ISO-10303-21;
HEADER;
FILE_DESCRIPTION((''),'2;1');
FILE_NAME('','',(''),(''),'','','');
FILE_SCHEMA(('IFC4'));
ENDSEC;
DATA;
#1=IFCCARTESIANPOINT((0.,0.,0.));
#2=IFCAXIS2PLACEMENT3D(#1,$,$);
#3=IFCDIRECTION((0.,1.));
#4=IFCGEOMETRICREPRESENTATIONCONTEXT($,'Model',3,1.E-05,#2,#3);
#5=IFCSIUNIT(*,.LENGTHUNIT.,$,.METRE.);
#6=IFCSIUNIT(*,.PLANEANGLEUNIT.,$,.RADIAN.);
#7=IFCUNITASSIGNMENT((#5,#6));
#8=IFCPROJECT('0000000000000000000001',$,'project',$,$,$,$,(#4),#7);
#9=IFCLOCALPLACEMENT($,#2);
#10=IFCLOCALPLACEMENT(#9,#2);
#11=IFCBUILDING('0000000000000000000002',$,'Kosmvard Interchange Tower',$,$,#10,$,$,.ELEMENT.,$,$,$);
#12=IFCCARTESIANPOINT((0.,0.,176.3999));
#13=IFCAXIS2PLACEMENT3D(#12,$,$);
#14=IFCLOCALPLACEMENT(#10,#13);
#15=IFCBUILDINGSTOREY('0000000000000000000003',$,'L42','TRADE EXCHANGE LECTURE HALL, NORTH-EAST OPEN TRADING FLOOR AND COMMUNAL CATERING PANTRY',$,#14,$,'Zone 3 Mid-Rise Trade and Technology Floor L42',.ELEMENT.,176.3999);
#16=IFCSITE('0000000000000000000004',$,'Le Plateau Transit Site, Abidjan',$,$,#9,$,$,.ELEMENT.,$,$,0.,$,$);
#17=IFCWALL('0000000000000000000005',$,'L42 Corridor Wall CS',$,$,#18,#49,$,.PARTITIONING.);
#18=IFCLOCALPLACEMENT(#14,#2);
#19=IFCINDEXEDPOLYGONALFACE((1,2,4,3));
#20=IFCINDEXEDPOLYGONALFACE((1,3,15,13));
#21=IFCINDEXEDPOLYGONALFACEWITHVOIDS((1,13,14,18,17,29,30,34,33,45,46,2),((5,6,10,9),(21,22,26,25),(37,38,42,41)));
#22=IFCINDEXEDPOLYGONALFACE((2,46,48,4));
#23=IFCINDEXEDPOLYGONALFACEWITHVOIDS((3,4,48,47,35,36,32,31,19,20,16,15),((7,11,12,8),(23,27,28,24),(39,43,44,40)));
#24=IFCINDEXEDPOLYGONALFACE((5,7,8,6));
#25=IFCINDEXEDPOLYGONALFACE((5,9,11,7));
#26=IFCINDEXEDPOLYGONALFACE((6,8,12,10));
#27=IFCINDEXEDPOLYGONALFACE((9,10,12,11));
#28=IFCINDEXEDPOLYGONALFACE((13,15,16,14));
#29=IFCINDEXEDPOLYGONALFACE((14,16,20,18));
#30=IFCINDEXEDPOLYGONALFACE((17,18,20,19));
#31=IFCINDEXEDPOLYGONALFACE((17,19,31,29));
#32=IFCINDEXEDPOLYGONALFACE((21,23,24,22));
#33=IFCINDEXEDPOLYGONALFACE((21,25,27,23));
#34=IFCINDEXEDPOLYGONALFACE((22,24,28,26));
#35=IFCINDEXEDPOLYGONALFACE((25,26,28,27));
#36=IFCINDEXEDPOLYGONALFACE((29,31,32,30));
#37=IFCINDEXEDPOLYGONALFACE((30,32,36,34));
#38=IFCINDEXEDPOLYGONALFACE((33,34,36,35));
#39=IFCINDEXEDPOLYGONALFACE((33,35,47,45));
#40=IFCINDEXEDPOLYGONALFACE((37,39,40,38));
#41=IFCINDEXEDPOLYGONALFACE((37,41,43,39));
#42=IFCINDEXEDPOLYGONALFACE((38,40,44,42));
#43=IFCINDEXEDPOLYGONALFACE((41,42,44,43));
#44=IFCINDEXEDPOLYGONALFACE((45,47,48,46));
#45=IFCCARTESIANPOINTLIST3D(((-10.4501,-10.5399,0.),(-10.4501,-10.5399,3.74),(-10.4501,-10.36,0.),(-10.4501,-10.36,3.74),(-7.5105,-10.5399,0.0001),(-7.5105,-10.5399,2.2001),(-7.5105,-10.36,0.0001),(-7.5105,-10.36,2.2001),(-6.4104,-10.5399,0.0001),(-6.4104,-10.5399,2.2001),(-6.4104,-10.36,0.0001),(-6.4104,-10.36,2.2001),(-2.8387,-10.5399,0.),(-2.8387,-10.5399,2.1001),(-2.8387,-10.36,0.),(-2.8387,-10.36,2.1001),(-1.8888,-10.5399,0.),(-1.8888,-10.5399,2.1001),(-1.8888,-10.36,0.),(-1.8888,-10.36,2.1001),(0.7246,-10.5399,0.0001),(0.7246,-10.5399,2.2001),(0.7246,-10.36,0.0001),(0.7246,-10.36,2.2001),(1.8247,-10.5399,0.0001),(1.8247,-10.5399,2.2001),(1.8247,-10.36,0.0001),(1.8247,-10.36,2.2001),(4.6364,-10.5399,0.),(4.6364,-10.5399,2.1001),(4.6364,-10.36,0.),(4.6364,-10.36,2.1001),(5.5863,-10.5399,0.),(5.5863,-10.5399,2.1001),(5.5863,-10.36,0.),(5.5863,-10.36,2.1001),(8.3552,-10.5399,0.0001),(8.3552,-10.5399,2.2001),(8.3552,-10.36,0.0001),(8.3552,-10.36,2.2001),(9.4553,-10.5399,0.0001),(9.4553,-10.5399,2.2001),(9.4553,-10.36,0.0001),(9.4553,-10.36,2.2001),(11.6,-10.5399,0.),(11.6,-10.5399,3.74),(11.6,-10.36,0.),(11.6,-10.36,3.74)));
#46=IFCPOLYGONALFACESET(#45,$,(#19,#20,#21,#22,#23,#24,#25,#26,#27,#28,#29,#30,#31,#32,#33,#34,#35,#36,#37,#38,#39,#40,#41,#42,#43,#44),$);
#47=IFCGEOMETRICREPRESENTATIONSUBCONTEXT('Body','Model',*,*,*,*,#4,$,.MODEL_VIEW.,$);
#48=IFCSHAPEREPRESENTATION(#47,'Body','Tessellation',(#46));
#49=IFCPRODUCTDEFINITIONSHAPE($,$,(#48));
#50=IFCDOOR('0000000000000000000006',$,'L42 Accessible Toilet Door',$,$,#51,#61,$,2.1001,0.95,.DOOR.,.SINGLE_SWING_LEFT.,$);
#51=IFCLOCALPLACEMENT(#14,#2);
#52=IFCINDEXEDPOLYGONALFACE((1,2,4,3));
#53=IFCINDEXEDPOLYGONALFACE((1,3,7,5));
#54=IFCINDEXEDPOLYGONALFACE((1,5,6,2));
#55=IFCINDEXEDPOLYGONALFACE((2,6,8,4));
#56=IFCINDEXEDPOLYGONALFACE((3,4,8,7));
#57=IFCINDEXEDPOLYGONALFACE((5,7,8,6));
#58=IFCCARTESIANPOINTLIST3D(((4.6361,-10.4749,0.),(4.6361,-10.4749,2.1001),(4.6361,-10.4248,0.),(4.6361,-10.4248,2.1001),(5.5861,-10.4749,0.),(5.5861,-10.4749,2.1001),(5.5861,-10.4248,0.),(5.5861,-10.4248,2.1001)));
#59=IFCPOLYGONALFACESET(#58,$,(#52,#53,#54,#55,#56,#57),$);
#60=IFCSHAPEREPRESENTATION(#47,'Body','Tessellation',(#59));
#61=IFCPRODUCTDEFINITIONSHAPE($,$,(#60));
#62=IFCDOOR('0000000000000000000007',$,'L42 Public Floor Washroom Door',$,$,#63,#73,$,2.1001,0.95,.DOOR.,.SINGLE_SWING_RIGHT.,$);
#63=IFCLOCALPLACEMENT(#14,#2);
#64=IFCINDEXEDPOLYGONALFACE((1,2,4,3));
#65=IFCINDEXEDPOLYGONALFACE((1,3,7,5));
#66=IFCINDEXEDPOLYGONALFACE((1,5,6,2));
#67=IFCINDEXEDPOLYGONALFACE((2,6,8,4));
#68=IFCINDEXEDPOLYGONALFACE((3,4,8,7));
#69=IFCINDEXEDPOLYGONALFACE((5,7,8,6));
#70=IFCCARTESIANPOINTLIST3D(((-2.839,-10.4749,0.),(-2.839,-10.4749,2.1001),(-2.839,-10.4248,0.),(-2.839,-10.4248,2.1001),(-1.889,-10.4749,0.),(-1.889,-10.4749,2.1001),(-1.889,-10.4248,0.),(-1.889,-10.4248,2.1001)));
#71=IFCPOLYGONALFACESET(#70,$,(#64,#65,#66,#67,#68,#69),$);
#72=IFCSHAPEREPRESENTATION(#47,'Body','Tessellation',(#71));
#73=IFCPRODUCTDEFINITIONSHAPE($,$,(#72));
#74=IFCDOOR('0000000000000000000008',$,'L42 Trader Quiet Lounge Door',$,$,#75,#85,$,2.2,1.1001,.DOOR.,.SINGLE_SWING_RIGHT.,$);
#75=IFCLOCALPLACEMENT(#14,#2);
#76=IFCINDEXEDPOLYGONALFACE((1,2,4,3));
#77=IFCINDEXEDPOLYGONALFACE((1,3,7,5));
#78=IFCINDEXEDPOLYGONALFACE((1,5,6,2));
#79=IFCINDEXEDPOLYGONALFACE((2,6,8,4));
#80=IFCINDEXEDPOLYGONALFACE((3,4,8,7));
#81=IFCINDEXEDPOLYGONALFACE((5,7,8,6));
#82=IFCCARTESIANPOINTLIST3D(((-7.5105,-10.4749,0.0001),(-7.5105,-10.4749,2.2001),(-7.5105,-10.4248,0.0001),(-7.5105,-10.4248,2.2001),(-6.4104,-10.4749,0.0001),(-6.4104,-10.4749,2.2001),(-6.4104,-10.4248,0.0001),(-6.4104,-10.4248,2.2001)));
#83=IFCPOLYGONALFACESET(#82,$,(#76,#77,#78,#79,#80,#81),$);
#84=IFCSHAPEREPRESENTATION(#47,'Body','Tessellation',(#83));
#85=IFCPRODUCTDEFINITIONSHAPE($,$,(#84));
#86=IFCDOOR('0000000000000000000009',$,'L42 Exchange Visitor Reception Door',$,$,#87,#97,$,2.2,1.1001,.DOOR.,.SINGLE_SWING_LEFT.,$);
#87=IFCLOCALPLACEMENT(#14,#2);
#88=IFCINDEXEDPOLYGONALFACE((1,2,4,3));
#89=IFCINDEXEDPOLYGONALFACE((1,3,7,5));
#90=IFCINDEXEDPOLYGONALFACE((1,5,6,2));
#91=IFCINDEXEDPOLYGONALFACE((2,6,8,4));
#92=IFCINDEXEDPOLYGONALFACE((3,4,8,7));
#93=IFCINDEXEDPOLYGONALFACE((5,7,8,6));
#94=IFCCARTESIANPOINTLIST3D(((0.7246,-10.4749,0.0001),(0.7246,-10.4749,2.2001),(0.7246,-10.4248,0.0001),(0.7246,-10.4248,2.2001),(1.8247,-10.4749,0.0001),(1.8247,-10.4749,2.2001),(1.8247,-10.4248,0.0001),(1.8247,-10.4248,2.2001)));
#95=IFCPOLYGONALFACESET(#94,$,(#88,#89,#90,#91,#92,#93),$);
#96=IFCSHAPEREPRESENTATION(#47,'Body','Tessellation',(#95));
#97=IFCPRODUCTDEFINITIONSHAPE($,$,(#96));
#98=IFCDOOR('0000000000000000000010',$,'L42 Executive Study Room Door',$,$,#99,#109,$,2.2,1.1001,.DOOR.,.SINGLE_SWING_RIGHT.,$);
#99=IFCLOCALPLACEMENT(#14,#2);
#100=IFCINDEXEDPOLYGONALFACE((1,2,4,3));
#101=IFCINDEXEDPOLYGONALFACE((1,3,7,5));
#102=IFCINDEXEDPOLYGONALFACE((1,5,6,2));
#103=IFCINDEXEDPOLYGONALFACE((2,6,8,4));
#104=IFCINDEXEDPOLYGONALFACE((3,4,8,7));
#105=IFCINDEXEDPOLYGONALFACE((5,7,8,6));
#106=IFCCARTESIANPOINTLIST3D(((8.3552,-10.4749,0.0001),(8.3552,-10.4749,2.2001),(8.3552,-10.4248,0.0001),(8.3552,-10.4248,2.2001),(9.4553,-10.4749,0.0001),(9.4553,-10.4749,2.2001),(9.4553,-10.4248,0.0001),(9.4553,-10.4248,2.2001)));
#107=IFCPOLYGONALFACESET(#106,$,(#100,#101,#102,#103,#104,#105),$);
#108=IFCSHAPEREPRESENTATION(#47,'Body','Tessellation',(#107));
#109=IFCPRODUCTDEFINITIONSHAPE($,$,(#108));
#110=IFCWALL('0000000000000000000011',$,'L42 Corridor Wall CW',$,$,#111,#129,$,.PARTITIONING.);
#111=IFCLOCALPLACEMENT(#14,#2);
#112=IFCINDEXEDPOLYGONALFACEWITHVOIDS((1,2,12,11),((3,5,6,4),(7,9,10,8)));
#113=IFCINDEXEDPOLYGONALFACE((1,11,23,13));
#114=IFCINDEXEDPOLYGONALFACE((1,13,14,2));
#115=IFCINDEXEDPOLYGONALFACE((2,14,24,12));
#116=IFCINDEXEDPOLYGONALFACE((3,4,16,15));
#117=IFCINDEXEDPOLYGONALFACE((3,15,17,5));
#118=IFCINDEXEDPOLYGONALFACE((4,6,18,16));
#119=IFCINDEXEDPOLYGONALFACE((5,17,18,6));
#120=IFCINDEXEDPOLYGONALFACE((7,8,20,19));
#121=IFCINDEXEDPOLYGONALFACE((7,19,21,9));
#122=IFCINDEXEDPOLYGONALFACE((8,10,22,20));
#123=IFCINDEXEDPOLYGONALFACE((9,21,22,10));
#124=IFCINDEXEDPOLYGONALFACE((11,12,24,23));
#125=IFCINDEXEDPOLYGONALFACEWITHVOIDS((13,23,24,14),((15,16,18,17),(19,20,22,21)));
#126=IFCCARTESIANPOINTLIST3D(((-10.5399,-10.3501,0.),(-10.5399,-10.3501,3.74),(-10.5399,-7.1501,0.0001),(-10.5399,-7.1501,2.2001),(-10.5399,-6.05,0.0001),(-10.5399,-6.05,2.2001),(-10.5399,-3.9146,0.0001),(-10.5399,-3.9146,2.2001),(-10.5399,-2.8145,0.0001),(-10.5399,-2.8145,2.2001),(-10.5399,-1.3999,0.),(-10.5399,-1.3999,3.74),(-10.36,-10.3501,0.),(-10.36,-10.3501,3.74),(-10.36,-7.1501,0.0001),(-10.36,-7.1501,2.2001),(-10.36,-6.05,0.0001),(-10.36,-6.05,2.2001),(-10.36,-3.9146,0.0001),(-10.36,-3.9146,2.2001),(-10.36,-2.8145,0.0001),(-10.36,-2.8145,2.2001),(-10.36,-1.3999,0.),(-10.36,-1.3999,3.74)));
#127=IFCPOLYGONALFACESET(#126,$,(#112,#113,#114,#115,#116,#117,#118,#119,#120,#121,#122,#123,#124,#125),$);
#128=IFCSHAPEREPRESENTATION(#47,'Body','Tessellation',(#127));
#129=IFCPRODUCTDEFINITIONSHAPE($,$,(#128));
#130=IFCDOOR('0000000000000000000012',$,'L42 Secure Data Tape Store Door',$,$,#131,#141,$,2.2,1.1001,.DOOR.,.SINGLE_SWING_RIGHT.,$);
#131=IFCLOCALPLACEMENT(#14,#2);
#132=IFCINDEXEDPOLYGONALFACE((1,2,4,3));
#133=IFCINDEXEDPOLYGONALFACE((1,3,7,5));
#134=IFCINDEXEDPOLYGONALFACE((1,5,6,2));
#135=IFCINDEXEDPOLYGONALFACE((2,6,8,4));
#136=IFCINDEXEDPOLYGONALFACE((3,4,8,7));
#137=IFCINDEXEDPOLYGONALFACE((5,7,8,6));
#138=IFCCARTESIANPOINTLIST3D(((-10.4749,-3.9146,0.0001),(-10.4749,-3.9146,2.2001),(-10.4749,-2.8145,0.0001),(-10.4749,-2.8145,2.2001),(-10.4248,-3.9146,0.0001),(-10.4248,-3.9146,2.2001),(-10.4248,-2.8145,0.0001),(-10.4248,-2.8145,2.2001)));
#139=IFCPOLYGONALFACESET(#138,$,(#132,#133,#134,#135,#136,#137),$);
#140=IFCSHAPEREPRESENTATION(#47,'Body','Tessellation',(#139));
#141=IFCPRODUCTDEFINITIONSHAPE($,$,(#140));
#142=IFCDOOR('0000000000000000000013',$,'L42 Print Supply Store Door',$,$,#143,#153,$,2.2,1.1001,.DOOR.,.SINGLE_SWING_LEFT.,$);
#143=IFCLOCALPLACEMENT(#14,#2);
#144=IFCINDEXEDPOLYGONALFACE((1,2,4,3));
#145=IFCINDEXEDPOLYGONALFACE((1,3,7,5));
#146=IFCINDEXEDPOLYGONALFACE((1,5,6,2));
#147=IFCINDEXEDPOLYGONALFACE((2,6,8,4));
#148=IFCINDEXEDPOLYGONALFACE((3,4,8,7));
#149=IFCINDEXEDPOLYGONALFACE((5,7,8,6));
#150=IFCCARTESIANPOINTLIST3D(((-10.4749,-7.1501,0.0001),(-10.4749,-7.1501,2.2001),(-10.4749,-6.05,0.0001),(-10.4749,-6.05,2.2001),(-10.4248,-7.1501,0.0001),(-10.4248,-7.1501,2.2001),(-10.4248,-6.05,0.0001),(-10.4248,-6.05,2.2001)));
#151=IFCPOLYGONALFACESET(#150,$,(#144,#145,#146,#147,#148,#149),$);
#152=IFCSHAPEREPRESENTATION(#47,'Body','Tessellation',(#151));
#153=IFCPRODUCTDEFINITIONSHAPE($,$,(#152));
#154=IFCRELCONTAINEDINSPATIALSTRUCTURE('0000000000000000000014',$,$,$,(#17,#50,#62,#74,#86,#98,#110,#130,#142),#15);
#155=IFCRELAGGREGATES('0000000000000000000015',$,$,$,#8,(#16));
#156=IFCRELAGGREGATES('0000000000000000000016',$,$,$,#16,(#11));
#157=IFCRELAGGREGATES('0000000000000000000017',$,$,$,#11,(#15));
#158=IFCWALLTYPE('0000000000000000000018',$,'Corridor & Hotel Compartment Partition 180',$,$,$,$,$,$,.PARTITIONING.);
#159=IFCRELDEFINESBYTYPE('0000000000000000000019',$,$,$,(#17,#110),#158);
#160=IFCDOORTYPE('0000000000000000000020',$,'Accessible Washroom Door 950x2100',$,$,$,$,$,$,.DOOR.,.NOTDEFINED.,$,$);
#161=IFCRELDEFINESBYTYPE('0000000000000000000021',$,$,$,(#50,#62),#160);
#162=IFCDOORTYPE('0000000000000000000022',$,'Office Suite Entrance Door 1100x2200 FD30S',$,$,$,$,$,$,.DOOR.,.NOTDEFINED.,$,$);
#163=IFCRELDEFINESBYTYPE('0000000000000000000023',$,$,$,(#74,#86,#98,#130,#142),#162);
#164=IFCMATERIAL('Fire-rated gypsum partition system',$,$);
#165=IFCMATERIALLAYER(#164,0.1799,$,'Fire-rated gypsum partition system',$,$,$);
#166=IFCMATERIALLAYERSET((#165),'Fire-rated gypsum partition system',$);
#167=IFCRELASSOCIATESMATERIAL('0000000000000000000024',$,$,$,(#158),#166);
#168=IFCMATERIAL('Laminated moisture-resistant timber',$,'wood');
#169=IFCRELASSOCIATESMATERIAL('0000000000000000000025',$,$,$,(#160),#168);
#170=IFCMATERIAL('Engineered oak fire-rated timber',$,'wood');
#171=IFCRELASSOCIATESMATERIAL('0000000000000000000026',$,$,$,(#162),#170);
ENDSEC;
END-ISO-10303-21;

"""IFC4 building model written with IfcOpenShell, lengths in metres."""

from ifc_helpers import new_model, si_unit, direction, frame, frame_2d, origin, place, context, subcontext, project, spatial, rectangle, extrude, source, transform, mapped, material, layer, layer_set, type_object, element, fill, save


model = new_model("IFC4")

# Units and contexts
model_context = context("Model", 3, precision=1e-05, world=origin(), true_north=direction((0.0, 1.0)))
body_context = subcontext(model_context, "Body", "Model", "MODEL_VIEW")
ifc_project = project(units=[si_unit("LENGTHUNIT", "METRE"), si_unit("PLANEANGLEUNIT", "RADIAN")], contexts=[model_context])

# Site, building, storey
site_placement = place(None, origin())
site = spatial("IfcSite", under=ifc_project, at=site_placement, Name="Le Plateau Transit Site, Abidjan", CompositionType="ELEMENT", RefElevation=0.0)
building_placement = place(site_placement, origin())
building = spatial("IfcBuilding", under=site, at=building_placement, Name="Kosmvard Interchange Tower", CompositionType="ELEMENT")
storey_placement = place(building_placement, frame((0.0, 0.0, 176.3999)))
storey = spatial("IfcBuildingStorey", under=building, at=storey_placement, Name="L42", Description="TRADE EXCHANGE LECTURE HALL, NORTH-EAST OPEN TRADING FLOOR AND COMMUNAL CATERING PANTRY", LongName="Zone 3 Mid-Rise Trade and Technology Floor L42", CompositionType="ELEMENT", Elevation=176.3999)

# Walls, openings, doors
ifc_material_1 = material(Name="Fire-rated gypsum partition system")
ifc_layer_1 = layer(ifc_material_1, 0.1799, Name="Fire-rated gypsum partition system")
ifc_layer_set_1 = layer_set([ifc_layer_1], Name="Fire-rated gypsum partition system")
wall_type_1 = type_object("IfcWallType", Name="Corridor & Hotel Compartment Partition 180", PredefinedType="PARTITIONING", material=ifc_layer_set_1)
wall_1_placement = place(storey_placement, frame((-10.45, -10.45, 0.0), z_axis=(0.0, 0.0, 1.0), x_axis=(1.0, 0.0, 0.0)))
wall_1 = element("IfcWall", 1, at=wall_1_placement, inside=storey, type_object=wall_type_1, Name="L42 Corridor Wall CS", PredefinedType="PARTITIONING", context=body_context, shape_type="SweptSolid", body=[
    extrude(rectangle(XDim=22.05, YDim=0.1799, at=frame_2d((11.0249, 0.0))), origin(), (0.0, 0.0, 1.0), 3.74),
])
opening_1_placement = place(wall_1_placement, frame((15.0862, 0.0, 0.0)))
opening_1 = element("IfcOpeningElement", 2, at=opening_1_placement, cuts=wall_1, PredefinedType="OPENING", context=body_context, shape_type="SweptSolid", body=[
    extrude(rectangle(XDim=0.95, YDim=2.1001, at=frame_2d((0.4751, 1.05))), frame((0.0, 0.1001, 0.0), z_axis=(0.0, -1.0, 0.0), x_axis=(1.0, 0.0, 0.0)), (0.0, 0.0, 1.0), 0.2),
])
opening_2_placement = place(wall_1_placement, frame((7.6111, 0.0, 0.0)))
opening_2 = element("IfcOpeningElement", 3, at=opening_2_placement, cuts=wall_1, PredefinedType="OPENING", context=body_context, shape_type="SweptSolid", body=[
    extrude(rectangle(XDim=0.95, YDim=2.1001, at=frame_2d((0.4751, 1.05))), frame((0.0, 0.1001, 0.0), z_axis=(0.0, -1.0, 0.0), x_axis=(1.0, 0.0, 0.0)), (0.0, 0.0, 1.0), 0.2),
])
opening_3_placement = place(wall_1_placement, frame((2.9395, 0.0, 0.0)))
opening_3 = element("IfcOpeningElement", 4, at=opening_3_placement, cuts=wall_1, PredefinedType="OPENING", context=body_context, shape_type="SweptSolid", body=[
    extrude(rectangle(XDim=1.1001, YDim=2.2, at=frame_2d((0.55, 1.1001))), frame((0.0, 0.1001, 0.0), z_axis=(0.0, -1.0, 0.0), x_axis=(1.0, 0.0, 0.0)), (0.0, 0.0, 1.0), 0.2),
])
opening_4_placement = place(wall_1_placement, frame((11.1746, 0.0, 0.0)))
opening_4 = element("IfcOpeningElement", 5, at=opening_4_placement, cuts=wall_1, PredefinedType="OPENING", context=body_context, shape_type="SweptSolid", body=[
    extrude(rectangle(XDim=1.1001, YDim=2.2, at=frame_2d((0.55, 1.1001))), frame((0.0, 0.1001, 0.0), z_axis=(0.0, -1.0, 0.0), x_axis=(1.0, 0.0, 0.0)), (0.0, 0.0, 1.0), 0.2),
])
opening_5_placement = place(wall_1_placement, frame((18.8052, 0.0, 0.0)))
opening_5 = element("IfcOpeningElement", 6, at=opening_5_placement, cuts=wall_1, PredefinedType="OPENING", context=body_context, shape_type="SweptSolid", body=[
    extrude(rectangle(XDim=1.1001, YDim=2.2, at=frame_2d((0.55, 1.1001))), frame((0.0, 0.1001, 0.0), z_axis=(0.0, -1.0, 0.0), x_axis=(1.0, 0.0, 0.0)), (0.0, 0.0, 1.0), 0.2),
])
ifc_material_2 = material(Name="Laminated moisture-resistant timber", Category="wood")
door_type_1 = type_object("IfcDoorType", Name="Accessible Washroom Door 950x2100", OperationType="NOTDEFINED", PredefinedType="DOOR", material=ifc_material_2)
shared_shape_1 = source(origin(), body_context, "Body", "SweptSolid", [
    extrude(rectangle(XDim=0.95, YDim=2.1001, at=frame_2d((0.4751, 1.05))), frame((0.0, 0.0249, 0.0), z_axis=(0.0, -1.0, 0.0), x_axis=(1.0, 0.0, 0.0)), (0.0, 0.0, 1.0), 0.05),
])
door_1_placement = place(opening_1_placement, frame((0.95, 0.0, 0.0), z_axis=(0.0, 0.0, 1.0), x_axis=(-1.0, 0.0, 0.0)))
door_1 = element("IfcDoor", 7, at=door_1_placement, inside=storey, type_object=door_type_1, Name="L42 Accessible Toilet Door", OperationType="SINGLE_SWING_LEFT", OverallHeight=2.1001, OverallWidth=0.95, PredefinedType="DOOR", context=body_context, shape_type="MappedRepresentation", body=[
    mapped(shared_shape_1, transform((0.0, 0.0, 0.0), scale=1.0)),
])
fill(opening_1, door_1)
door_2_placement = place(opening_2_placement, frame((0.95, 0.0, 0.0), z_axis=(0.0, 0.0, 1.0), x_axis=(-1.0, 0.0, 0.0)))
door_2 = element("IfcDoor", 8, at=door_2_placement, inside=storey, type_object=door_type_1, Name="L42 Public Floor Washroom Door", OperationType="SINGLE_SWING_RIGHT", OverallHeight=2.1001, OverallWidth=0.95, PredefinedType="DOOR", context=body_context, shape_type="MappedRepresentation", body=[
    mapped(shared_shape_1, transform((0.0, 0.0, 0.0), scale=1.0)),
])
fill(opening_2, door_2)
ifc_material_3 = material(Name="Engineered oak fire-rated timber", Category="wood")
door_type_2 = type_object("IfcDoorType", Name="Office Suite Entrance Door 1100x2200 FD30S", OperationType="NOTDEFINED", PredefinedType="DOOR", material=ifc_material_3)
shared_shape_2 = source(origin(), body_context, "Body", "SweptSolid", [
    extrude(rectangle(XDim=1.1001, YDim=2.2, at=frame_2d((0.55, 1.1001))), frame((0.0, 0.0249, 0.0), z_axis=(0.0, -1.0, 0.0), x_axis=(1.0, 0.0, 0.0)), (0.0, 0.0, 1.0), 0.05),
])
door_3_placement = place(opening_3_placement, frame((1.1001, 0.0, 0.0), z_axis=(0.0, 0.0, 1.0), x_axis=(-1.0, 0.0, 0.0)))
door_3 = element("IfcDoor", 9, at=door_3_placement, inside=storey, type_object=door_type_2, Name="L42 Trader Quiet Lounge Door", OperationType="SINGLE_SWING_RIGHT", OverallHeight=2.2, OverallWidth=1.1001, PredefinedType="DOOR", context=body_context, shape_type="MappedRepresentation", body=[
    mapped(shared_shape_2, transform((0.0, 0.0, 0.0), scale=1.0)),
])
fill(opening_3, door_3)
door_4_placement = place(opening_4_placement, frame((1.1001, 0.0, 0.0), z_axis=(0.0, 0.0, 1.0), x_axis=(-1.0, 0.0, 0.0)))
door_4 = element("IfcDoor", 10, at=door_4_placement, inside=storey, type_object=door_type_2, Name="L42 Exchange Visitor Reception Door", OperationType="SINGLE_SWING_LEFT", OverallHeight=2.2, OverallWidth=1.1001, PredefinedType="DOOR", context=body_context, shape_type="MappedRepresentation", body=[
    mapped(shared_shape_2, transform((0.0, 0.0, 0.0), scale=1.0)),
])
fill(opening_4, door_4)
door_5_placement = place(opening_5_placement, frame((1.1001, 0.0, 0.0), z_axis=(0.0, 0.0, 1.0), x_axis=(-1.0, 0.0, 0.0)))
door_5 = element("IfcDoor", 11, at=door_5_placement, inside=storey, type_object=door_type_2, Name="L42 Executive Study Room Door", OperationType="SINGLE_SWING_RIGHT", OverallHeight=2.2, OverallWidth=1.1001, PredefinedType="DOOR", context=body_context, shape_type="MappedRepresentation", body=[
    mapped(shared_shape_2, transform((0.0, 0.0, 0.0), scale=1.0)),
])
fill(opening_5, door_5)
wall_2_placement = place(storey_placement, frame((-10.45, -10.3501, 0.0), z_axis=(0.0, 0.0, 1.0), x_axis=(0.0, 1.0, 0.0)))
wall_2 = element("IfcWall", 12, at=wall_2_placement, inside=storey, type_object=wall_type_1, Name="L42 Corridor Wall CW", PredefinedType="PARTITIONING", context=body_context, shape_type="SweptSolid", body=[
    extrude(rectangle(XDim=8.9502, YDim=0.1799, at=frame_2d((4.4751, 0.0))), origin(), (0.0, 0.0, 1.0), 3.74),
])
opening_6_placement = place(wall_2_placement, frame((6.4355, 0.0, 0.0)))
opening_6 = element("IfcOpeningElement", 13, at=opening_6_placement, cuts=wall_2, PredefinedType="OPENING", context=body_context, shape_type="SweptSolid", body=[
    extrude(rectangle(XDim=1.1001, YDim=2.2, at=frame_2d((0.55, 1.1001))), frame((0.0, 0.1001, 0.0), z_axis=(0.0, -1.0, 0.0), x_axis=(1.0, 0.0, 0.0)), (0.0, 0.0, 1.0), 0.2),
])
opening_7_placement = place(wall_2_placement, frame((3.2, 0.0, 0.0)))
opening_7 = element("IfcOpeningElement", 14, at=opening_7_placement, cuts=wall_2, PredefinedType="OPENING", context=body_context, shape_type="SweptSolid", body=[
    extrude(rectangle(XDim=1.1001, YDim=2.2, at=frame_2d((0.55, 1.1001))), frame((0.0, 0.1001, 0.0), z_axis=(0.0, -1.0, 0.0), x_axis=(1.0, 0.0, 0.0)), (0.0, 0.0, 1.0), 0.2),
])
door_6_placement = place(opening_6_placement, origin())
door_6 = element("IfcDoor", 15, at=door_6_placement, inside=storey, type_object=door_type_2, Name="L42 Secure Data Tape Store Door", OperationType="SINGLE_SWING_RIGHT", OverallHeight=2.2, OverallWidth=1.1001, PredefinedType="DOOR", context=body_context, shape_type="MappedRepresentation", body=[
    mapped(shared_shape_2, transform((0.0, 0.0, 0.0), scale=1.0)),
])
fill(opening_6, door_6)
door_7_placement = place(opening_7_placement, origin())
door_7 = element("IfcDoor", 16, at=door_7_placement, inside=storey, type_object=door_type_2, Name="L42 Print Supply Store Door", OperationType="SINGLE_SWING_LEFT", OverallHeight=2.2, OverallWidth=1.1001, PredefinedType="DOOR", context=body_context, shape_type="MappedRepresentation", body=[
    mapped(shared_shape_2, transform((0.0, 0.0, 0.0), scale=1.0)),
])
fill(opening_7, door_7)

save(model, "model.ifc")
